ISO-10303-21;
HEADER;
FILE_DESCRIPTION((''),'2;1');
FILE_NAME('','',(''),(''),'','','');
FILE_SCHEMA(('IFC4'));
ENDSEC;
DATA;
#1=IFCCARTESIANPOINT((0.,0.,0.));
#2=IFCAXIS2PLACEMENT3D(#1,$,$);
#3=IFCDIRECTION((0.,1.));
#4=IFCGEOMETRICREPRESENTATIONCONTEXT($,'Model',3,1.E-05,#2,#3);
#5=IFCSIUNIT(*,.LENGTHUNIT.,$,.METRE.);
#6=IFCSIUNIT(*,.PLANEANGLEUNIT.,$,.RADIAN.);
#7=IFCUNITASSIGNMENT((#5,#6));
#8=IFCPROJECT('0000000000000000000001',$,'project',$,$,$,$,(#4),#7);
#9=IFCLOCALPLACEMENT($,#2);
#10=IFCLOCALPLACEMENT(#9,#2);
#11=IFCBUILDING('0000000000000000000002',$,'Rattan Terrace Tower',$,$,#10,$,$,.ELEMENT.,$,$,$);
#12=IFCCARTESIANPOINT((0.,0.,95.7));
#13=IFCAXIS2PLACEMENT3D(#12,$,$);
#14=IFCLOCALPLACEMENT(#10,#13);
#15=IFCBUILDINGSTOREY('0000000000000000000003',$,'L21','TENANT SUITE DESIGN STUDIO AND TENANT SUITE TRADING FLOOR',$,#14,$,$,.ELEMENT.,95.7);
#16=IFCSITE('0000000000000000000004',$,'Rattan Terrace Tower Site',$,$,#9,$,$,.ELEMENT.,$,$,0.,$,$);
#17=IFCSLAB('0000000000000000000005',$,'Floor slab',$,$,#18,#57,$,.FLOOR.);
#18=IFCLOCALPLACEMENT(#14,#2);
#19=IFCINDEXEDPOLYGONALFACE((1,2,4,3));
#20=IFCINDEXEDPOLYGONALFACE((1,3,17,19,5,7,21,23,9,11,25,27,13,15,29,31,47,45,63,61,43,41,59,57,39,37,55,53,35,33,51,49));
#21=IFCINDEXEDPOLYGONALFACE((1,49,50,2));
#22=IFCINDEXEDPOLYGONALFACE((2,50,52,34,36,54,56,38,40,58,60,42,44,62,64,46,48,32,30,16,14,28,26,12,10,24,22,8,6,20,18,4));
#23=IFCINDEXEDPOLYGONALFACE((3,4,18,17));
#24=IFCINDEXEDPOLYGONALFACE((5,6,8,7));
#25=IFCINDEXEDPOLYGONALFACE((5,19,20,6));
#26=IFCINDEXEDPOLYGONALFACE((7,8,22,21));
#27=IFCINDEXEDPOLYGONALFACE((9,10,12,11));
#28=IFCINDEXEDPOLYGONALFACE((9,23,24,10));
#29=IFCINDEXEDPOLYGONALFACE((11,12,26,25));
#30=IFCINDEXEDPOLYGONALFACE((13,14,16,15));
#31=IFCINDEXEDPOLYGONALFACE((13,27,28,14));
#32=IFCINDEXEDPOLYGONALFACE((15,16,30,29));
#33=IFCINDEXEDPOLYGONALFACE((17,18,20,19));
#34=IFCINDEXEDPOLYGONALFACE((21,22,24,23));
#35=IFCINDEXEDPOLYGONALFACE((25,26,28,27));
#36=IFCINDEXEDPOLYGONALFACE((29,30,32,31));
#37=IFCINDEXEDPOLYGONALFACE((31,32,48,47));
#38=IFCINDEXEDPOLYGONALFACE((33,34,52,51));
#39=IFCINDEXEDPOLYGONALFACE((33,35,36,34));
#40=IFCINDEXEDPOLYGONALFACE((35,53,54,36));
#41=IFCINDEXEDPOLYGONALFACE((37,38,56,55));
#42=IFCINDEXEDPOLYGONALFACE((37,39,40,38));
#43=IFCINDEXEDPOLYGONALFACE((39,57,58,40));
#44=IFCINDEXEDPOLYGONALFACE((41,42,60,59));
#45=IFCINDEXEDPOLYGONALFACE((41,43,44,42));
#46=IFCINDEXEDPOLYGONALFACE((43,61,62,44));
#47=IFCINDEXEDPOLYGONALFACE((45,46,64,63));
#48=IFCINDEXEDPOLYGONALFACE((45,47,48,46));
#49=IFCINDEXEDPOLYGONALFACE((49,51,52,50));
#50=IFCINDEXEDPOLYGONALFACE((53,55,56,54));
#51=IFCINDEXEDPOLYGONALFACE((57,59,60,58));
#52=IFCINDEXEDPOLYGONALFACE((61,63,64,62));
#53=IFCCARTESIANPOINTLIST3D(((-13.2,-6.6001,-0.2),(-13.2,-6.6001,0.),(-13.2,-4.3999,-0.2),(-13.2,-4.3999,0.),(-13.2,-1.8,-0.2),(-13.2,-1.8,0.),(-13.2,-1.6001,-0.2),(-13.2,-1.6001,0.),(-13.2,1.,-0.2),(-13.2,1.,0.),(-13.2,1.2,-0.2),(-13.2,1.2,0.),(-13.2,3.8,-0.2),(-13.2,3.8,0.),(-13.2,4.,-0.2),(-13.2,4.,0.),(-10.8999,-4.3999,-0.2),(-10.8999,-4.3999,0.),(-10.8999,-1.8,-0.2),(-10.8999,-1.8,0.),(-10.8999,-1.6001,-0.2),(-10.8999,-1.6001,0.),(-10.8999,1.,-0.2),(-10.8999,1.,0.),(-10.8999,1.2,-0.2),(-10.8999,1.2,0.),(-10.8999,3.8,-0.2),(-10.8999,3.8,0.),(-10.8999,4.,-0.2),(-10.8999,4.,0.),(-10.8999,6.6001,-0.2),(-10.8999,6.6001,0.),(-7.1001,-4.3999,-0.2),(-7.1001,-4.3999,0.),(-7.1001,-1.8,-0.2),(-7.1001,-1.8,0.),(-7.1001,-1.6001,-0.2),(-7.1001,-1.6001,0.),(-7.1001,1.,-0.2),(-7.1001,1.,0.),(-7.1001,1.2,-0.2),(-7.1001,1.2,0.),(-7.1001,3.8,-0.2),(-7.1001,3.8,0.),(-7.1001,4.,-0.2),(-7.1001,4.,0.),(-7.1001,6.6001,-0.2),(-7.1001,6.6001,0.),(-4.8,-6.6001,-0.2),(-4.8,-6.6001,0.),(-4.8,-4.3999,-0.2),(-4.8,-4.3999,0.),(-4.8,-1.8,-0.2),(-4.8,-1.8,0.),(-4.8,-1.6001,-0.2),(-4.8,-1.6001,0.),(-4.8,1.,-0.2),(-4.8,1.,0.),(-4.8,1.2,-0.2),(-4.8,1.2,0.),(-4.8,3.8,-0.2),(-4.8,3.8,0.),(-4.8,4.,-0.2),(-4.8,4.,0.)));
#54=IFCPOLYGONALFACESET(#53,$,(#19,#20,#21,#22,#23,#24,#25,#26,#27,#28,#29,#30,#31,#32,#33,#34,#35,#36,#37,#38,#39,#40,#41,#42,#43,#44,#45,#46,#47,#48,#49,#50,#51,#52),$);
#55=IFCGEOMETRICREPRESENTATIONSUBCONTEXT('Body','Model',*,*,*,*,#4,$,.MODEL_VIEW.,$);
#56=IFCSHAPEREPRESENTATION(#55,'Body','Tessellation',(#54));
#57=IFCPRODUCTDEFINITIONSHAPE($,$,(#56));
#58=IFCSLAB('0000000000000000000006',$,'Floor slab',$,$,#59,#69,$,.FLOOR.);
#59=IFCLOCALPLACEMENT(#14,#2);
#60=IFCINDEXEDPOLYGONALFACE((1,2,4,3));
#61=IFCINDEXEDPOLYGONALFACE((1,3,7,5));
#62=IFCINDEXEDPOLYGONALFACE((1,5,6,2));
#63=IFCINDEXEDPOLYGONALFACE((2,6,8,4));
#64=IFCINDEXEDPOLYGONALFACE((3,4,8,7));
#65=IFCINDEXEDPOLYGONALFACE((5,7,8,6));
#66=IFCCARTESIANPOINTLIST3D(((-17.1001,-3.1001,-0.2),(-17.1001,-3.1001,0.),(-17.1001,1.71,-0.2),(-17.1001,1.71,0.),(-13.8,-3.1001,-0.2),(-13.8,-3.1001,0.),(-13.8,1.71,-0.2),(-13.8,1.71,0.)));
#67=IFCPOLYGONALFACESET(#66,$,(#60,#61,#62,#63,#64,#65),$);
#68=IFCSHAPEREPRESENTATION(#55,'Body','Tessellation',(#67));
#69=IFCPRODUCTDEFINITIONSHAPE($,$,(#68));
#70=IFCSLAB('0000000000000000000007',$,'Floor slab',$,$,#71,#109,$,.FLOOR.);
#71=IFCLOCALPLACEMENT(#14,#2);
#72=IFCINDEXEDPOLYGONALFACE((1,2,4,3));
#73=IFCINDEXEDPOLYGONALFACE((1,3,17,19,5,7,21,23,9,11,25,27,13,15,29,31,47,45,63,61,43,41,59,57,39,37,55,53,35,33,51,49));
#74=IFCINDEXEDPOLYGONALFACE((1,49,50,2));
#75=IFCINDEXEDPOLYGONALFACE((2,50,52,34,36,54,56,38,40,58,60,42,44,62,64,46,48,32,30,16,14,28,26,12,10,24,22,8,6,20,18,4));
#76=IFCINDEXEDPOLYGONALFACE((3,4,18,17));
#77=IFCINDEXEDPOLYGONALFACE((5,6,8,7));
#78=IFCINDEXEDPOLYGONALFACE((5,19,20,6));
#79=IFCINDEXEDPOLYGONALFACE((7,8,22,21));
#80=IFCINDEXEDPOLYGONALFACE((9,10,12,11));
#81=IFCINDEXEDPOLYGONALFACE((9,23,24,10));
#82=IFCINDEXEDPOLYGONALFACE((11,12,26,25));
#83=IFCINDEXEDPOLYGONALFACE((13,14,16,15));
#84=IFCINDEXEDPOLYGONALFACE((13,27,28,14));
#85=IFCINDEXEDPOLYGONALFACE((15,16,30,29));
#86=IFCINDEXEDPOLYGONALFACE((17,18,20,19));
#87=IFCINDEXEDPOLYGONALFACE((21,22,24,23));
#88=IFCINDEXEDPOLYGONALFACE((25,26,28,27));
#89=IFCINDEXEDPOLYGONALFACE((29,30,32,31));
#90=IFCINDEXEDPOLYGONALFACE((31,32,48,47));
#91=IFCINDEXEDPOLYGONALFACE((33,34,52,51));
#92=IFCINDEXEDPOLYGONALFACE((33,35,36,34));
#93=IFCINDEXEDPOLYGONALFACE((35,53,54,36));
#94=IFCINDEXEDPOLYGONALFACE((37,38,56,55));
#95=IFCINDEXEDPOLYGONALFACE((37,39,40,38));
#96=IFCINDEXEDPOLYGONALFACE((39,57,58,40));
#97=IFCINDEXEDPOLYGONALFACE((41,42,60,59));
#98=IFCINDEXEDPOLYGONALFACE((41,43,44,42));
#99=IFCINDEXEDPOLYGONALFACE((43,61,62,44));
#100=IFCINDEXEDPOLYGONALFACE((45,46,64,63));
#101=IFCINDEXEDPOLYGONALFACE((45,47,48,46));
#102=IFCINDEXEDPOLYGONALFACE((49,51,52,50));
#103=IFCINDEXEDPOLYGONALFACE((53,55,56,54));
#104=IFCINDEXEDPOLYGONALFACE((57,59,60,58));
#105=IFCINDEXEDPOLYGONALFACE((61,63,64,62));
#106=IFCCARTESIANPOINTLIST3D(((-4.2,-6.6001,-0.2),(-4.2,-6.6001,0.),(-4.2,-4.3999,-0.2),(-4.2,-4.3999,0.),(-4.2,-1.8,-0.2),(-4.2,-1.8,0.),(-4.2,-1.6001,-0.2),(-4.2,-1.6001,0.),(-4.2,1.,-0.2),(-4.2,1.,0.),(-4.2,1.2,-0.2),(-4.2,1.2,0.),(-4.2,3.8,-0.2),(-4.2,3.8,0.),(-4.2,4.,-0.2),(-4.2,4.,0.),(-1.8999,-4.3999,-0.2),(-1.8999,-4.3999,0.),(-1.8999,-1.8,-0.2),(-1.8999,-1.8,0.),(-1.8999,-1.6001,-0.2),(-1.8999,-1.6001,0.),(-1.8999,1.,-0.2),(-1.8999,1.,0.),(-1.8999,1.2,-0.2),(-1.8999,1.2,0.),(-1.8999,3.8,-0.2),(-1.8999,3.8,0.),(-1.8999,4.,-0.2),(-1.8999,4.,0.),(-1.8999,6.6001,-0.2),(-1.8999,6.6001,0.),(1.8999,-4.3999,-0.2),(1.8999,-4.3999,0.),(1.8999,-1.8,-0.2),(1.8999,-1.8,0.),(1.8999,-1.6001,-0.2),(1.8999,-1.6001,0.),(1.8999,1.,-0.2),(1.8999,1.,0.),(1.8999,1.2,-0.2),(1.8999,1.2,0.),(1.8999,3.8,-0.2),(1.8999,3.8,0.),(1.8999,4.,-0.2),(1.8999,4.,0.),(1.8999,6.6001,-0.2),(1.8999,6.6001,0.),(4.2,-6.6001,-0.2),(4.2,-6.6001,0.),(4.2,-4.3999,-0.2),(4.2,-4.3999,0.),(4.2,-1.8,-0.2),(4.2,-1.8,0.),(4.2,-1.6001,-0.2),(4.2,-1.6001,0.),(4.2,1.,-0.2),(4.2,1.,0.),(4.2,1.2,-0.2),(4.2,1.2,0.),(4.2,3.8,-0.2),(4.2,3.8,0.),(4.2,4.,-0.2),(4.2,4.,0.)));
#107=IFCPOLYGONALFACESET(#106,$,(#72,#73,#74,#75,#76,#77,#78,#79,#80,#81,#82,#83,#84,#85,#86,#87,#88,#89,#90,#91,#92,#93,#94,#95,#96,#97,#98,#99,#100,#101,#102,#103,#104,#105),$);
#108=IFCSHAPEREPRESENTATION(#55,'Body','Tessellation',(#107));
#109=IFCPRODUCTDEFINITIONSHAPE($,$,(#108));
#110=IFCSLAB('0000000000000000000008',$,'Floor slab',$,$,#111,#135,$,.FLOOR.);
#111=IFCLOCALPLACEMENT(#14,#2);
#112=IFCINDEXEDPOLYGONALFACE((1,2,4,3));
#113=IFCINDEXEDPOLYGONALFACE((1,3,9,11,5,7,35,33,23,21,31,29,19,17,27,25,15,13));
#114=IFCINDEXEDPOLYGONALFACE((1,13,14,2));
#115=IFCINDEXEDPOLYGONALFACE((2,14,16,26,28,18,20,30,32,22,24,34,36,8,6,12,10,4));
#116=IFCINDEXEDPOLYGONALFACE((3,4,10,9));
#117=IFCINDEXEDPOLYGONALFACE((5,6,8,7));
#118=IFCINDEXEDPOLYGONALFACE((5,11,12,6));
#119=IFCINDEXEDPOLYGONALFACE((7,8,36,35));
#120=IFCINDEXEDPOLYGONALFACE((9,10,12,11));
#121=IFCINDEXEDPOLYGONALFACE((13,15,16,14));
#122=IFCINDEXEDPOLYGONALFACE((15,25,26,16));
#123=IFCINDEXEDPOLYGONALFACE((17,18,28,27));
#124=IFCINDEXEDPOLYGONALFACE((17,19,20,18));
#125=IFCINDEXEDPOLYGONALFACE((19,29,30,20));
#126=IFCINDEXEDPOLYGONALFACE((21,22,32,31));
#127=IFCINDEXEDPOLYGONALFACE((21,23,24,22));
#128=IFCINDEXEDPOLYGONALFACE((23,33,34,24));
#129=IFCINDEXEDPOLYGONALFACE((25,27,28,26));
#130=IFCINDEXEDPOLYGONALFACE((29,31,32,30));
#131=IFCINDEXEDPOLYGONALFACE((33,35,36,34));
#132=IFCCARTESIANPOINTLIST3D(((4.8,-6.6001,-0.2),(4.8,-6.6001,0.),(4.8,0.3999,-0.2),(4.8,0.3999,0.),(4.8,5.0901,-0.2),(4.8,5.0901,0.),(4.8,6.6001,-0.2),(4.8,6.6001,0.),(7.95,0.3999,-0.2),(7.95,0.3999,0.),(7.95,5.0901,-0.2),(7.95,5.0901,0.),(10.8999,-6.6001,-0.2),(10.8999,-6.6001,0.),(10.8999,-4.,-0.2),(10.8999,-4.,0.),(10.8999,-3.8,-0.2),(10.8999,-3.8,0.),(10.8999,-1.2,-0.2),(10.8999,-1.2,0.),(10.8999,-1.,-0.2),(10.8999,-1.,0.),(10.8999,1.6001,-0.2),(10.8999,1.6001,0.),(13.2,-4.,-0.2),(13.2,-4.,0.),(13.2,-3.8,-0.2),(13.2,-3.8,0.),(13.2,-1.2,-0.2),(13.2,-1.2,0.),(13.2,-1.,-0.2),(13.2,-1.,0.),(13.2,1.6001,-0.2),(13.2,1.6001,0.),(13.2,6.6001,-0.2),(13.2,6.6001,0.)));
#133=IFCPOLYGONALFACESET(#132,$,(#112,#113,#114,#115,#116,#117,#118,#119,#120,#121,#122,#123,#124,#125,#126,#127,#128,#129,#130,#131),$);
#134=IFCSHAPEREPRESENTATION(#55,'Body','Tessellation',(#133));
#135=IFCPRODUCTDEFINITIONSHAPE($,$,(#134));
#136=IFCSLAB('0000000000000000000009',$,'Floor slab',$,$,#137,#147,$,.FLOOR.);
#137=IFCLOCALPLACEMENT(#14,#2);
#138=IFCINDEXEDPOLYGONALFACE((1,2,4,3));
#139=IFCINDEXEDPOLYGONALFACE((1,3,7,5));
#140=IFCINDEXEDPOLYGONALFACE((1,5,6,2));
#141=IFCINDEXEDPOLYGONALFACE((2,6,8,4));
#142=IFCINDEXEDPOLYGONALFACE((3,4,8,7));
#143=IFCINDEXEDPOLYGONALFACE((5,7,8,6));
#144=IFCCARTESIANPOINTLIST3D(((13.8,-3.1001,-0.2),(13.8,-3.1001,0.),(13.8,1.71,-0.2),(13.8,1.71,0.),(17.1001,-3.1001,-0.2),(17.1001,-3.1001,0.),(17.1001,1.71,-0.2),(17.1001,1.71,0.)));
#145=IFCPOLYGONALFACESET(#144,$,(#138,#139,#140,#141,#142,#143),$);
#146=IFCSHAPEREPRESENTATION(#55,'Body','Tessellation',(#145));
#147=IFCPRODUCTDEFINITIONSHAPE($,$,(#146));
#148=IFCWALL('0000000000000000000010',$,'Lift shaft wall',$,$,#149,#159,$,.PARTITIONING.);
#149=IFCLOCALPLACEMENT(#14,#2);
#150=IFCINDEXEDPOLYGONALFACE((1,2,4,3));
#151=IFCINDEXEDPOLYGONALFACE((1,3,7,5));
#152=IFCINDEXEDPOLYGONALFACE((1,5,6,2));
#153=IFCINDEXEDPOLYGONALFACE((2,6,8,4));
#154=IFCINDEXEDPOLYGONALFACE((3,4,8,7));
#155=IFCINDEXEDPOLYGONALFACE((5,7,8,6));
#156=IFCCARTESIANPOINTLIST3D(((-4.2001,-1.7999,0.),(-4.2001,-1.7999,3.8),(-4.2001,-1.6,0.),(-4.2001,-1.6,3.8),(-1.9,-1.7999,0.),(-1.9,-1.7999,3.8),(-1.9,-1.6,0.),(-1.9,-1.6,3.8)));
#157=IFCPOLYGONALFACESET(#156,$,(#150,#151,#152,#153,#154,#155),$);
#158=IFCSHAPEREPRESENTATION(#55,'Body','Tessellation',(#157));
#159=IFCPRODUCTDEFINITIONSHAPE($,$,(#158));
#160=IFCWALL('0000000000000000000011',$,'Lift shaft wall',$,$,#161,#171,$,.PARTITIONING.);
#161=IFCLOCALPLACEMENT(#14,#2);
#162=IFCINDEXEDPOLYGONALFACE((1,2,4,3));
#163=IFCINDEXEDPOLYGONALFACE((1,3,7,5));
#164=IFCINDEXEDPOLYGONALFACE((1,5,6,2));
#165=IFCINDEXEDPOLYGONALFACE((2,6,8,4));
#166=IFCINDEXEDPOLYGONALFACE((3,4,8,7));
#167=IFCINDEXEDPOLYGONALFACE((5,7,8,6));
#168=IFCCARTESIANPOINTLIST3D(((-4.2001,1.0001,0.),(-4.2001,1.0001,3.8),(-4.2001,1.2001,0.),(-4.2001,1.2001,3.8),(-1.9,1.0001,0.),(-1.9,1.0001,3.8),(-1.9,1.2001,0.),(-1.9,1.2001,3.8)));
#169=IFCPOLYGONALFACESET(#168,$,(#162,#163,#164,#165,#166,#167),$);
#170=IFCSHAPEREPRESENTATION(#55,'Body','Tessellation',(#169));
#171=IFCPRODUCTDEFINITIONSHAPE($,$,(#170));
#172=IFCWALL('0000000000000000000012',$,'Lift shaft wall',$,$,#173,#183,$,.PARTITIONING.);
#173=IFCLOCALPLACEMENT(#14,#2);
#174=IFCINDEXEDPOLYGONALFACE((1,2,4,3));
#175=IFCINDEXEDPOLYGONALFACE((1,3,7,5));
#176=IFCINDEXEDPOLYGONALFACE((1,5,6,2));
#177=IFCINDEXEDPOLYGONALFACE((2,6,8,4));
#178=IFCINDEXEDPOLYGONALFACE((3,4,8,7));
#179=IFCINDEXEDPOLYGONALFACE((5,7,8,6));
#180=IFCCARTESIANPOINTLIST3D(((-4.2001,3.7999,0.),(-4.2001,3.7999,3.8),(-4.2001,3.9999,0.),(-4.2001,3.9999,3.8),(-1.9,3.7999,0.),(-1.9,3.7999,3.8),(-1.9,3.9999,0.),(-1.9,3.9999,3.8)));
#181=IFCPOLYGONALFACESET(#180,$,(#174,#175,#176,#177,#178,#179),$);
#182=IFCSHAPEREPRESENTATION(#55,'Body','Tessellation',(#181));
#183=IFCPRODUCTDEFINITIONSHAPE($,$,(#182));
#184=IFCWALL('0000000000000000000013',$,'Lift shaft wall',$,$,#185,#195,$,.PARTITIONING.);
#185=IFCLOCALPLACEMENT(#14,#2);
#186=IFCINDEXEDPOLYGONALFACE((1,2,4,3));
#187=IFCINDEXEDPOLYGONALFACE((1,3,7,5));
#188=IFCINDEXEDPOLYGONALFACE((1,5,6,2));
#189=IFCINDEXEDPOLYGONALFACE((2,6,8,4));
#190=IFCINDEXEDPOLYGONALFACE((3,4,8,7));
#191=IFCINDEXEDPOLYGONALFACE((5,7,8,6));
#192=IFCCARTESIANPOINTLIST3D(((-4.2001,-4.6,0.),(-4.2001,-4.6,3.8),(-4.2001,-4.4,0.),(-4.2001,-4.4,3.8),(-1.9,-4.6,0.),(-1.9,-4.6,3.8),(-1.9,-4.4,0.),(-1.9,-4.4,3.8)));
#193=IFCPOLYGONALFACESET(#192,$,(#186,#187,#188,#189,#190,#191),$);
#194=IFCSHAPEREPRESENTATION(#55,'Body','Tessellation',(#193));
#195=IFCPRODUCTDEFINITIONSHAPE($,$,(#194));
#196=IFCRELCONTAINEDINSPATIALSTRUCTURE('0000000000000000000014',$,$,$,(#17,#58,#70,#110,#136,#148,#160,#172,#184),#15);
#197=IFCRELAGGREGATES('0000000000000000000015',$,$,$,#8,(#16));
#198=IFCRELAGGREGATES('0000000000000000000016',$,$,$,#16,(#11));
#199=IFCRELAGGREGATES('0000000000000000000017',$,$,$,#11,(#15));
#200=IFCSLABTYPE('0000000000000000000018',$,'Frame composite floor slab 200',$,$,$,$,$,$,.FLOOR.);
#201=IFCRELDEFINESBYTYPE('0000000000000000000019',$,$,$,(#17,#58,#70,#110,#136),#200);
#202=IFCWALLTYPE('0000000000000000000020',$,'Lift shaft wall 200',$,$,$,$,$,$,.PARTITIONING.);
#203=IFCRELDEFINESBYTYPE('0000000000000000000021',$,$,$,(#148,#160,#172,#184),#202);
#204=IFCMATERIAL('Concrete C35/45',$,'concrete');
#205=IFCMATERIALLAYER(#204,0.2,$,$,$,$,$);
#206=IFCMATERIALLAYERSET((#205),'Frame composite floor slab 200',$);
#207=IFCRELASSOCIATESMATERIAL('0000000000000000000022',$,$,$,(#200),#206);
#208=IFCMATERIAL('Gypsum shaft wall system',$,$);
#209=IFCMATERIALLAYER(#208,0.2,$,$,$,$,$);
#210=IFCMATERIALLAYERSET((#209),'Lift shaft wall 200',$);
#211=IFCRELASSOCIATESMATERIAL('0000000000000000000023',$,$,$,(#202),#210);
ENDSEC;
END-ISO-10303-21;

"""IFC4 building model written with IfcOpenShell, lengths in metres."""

from ifc_helpers import new_model, si_unit, direction, frame, frame_2d, origin, place, context, subcontext, project, spatial, polyline, rectangle, outline, extrude, material, layer, layer_set, type_object, element, save


model = new_model("IFC4")

# Units and contexts
model_context = context("Model", 3, precision=1e-05, world=origin(), true_north=direction((0.0, 1.0)))
body_context = subcontext(model_context, "Body", "Model", "MODEL_VIEW")
ifc_project = project(units=[si_unit("LENGTHUNIT", "METRE"), si_unit("PLANEANGLEUNIT", "RADIAN")], contexts=[model_context])

# Site, building, storey
site_placement = place(None, origin())
site = spatial("IfcSite", under=ifc_project, at=site_placement, Name="Rattan Terrace Tower Site", CompositionType="ELEMENT", RefElevation=0.0)
building_placement = place(site_placement, origin())
building = spatial("IfcBuilding", under=site, at=building_placement, Name="Rattan Terrace Tower", CompositionType="ELEMENT")
storey_placement = place(building_placement, frame((0.0, 0.0, 95.7)))
storey = spatial("IfcBuildingStorey", under=building, at=storey_placement, Name="L21", Description="TENANT SUITE DESIGN STUDIO AND TENANT SUITE TRADING FLOOR", CompositionType="ELEMENT", Elevation=95.7)

# Slabs
ifc_material_1 = material(Name="Concrete C35/45", Category="concrete")
ifc_layer_1 = layer(ifc_material_1, 0.2)
ifc_layer_set_1 = layer_set([ifc_layer_1], Name="Frame composite floor slab 200")
slab_type_1 = type_object("IfcSlabType", Name="Frame composite floor slab 200", PredefinedType="FLOOR", material=ifc_layer_set_1)
slab_1_placement = place(storey_placement, frame((0.0, 0.0, -0.2)))
element("IfcSlab", 1, at=slab_1_placement, inside=storey, type_object=slab_type_1, Name="Floor slab", PredefinedType="FLOOR", context=body_context, shape_type="SweptSolid", body=[
    extrude(outline(polyline([(-10.8999, 6.6001), (-10.8999, 4.0), (-13.2, 4.0), (-13.2, 3.8), (-10.8999, 3.8), (-10.8999, 1.2), (-13.2, 1.2), (-13.2, 1.0), (-10.8999, 1.0), (-10.8999, -1.6001), (-13.2, -1.6001), (-13.2, -1.8), (-10.8999, -1.8), (-10.8999, -4.3999), (-13.2, -4.3999), (-13.2, -6.6001), (-4.8, -6.6001), (-4.8, -4.3999), (-7.1001, -4.3999), (-7.1001, -1.8), (-4.8, -1.8), (-4.8, -1.6001), (-7.1001, -1.6001), (-7.1001, 1.0), (-4.8, 1.0), (-4.8, 1.2), (-7.1001, 1.2), (-7.1001, 3.8), (-4.8, 3.8), (-4.8, 4.0), (-7.1001, 4.0), (-7.1001, 6.6001), (-10.8999, 6.6001)])), origin(), (0.0, 0.0, 1.0), 0.2),
])
slab_2_placement = place(storey_placement, frame((0.0, 0.0, -0.2)))
element("IfcSlab", 2, at=slab_2_placement, inside=storey, type_object=slab_type_1, Name="Floor slab", PredefinedType="FLOOR", context=body_context, shape_type="SweptSolid", body=[
    extrude(outline(polyline([(-17.1001, -3.1001), (-13.8, -3.1001), (-13.8, 1.71), (-17.1001, 1.71), (-17.1001, -3.1001)])), origin(), (0.0, 0.0, 1.0), 0.2),
])
slab_3_placement = place(storey_placement, frame((0.0, 0.0, -0.2)))
element("IfcSlab", 3, at=slab_3_placement, inside=storey, type_object=slab_type_1, Name="Floor slab", PredefinedType="FLOOR", context=body_context, shape_type="SweptSolid", body=[
    extrude(outline(polyline([(-4.2, 4.0), (-4.2, 3.8), (-1.8999, 3.8), (-1.8999, 1.2), (-4.2, 1.2), (-4.2, 1.0), (-1.8999, 1.0), (-1.8999, -1.6001), (-4.2, -1.6001), (-4.2, -1.8), (-1.8999, -1.8), (-1.8999, -4.3999), (-4.2, -4.3999), (-4.2, -6.6001), (4.2, -6.6001), (4.2, -4.3999), (1.8999, -4.3999), (1.8999, -1.8), (4.2, -1.8), (4.2, -1.6001), (1.8999, -1.6001), (1.8999, 1.0), (4.2, 1.0), (4.2, 1.2), (1.8999, 1.2), (1.8999, 3.8), (4.2, 3.8), (4.2, 4.0), (1.8999, 4.0), (1.8999, 6.6001), (-1.8999, 6.6001), (-1.8999, 4.0), (-4.2, 4.0)])), origin(), (0.0, 0.0, 1.0), 0.2),
])
slab_4_placement = place(storey_placement, frame((0.0, 0.0, -0.2)))
element("IfcSlab", 4, at=slab_4_placement, inside=storey, type_object=slab_type_1, Name="Floor slab", PredefinedType="FLOOR", context=body_context, shape_type="SweptSolid", body=[
    extrude(outline(polyline([(4.8, 5.0901), (7.95, 5.0901), (7.95, 0.3999), (4.8, 0.3999), (4.8, -6.6001), (10.8999, -6.6001), (10.8999, -4.0), (13.2, -4.0), (13.2, -3.8), (10.8999, -3.8), (10.8999, -1.2), (13.2, -1.2), (13.2, -1.0), (10.8999, -1.0), (10.8999, 1.6001), (13.2, 1.6001), (13.2, 6.6001), (4.8, 6.6001), (4.8, 5.0901)])), origin(), (0.0, 0.0, 1.0), 0.2),
])
slab_5_placement = place(storey_placement, frame((0.0, 0.0, -0.2)))
element("IfcSlab", 5, at=slab_5_placement, inside=storey, type_object=slab_type_1, Name="Floor slab", PredefinedType="FLOOR", context=body_context, shape_type="SweptSolid", body=[
    extrude(outline(polyline([(13.8, -3.1001), (17.1001, -3.1001), (17.1001, 1.71), (13.8, 1.71), (13.8, -3.1001)])), origin(), (0.0, 0.0, 1.0), 0.2),
])

# Walls
ifc_material_2 = material(Name="Gypsum shaft wall system")
ifc_layer_2 = layer(ifc_material_2, 0.2)
ifc_layer_set_2 = layer_set([ifc_layer_2], Name="Lift shaft wall 200")
wall_type = type_object("IfcWallType", Name="Lift shaft wall 200", PredefinedType="PARTITIONING", material=ifc_layer_set_2)
for number, where, z_axis, x_axis, name in (
    (6, (-4.2, -1.7, 0.0), (0.0, 0.0, 1.0), (1.0, 0.0, 0.0), "Lift shaft wall"),
    (7, (-4.2, 1.1001, 0.0), (0.0, 0.0, 1.0), (1.0, 0.0, 0.0), "Lift shaft wall"),
    (8, (-4.2, 3.8999, 0.0), (0.0, 0.0, 1.0), (1.0, 0.0, 0.0), "Lift shaft wall"),
    (9, (-4.2, -4.5, 0.0), (0.0, 0.0, 1.0), (1.0, 0.0, 0.0), "Lift shaft wall"),
):
    element("IfcWall", number, at=place(storey_placement, frame(where, z_axis=z_axis, x_axis=x_axis)), inside=storey, type_object=wall_type, Name=name, PredefinedType="PARTITIONING", context=body_context, shape_type="SweptSolid", body=[
        extrude(rectangle(XDim=2.3, YDim=0.2, at=frame_2d((1.1499, 0.0))), origin(), (0.0, 0.0, 1.0), 3.8),
    ])

save(model, "model.ifc")
